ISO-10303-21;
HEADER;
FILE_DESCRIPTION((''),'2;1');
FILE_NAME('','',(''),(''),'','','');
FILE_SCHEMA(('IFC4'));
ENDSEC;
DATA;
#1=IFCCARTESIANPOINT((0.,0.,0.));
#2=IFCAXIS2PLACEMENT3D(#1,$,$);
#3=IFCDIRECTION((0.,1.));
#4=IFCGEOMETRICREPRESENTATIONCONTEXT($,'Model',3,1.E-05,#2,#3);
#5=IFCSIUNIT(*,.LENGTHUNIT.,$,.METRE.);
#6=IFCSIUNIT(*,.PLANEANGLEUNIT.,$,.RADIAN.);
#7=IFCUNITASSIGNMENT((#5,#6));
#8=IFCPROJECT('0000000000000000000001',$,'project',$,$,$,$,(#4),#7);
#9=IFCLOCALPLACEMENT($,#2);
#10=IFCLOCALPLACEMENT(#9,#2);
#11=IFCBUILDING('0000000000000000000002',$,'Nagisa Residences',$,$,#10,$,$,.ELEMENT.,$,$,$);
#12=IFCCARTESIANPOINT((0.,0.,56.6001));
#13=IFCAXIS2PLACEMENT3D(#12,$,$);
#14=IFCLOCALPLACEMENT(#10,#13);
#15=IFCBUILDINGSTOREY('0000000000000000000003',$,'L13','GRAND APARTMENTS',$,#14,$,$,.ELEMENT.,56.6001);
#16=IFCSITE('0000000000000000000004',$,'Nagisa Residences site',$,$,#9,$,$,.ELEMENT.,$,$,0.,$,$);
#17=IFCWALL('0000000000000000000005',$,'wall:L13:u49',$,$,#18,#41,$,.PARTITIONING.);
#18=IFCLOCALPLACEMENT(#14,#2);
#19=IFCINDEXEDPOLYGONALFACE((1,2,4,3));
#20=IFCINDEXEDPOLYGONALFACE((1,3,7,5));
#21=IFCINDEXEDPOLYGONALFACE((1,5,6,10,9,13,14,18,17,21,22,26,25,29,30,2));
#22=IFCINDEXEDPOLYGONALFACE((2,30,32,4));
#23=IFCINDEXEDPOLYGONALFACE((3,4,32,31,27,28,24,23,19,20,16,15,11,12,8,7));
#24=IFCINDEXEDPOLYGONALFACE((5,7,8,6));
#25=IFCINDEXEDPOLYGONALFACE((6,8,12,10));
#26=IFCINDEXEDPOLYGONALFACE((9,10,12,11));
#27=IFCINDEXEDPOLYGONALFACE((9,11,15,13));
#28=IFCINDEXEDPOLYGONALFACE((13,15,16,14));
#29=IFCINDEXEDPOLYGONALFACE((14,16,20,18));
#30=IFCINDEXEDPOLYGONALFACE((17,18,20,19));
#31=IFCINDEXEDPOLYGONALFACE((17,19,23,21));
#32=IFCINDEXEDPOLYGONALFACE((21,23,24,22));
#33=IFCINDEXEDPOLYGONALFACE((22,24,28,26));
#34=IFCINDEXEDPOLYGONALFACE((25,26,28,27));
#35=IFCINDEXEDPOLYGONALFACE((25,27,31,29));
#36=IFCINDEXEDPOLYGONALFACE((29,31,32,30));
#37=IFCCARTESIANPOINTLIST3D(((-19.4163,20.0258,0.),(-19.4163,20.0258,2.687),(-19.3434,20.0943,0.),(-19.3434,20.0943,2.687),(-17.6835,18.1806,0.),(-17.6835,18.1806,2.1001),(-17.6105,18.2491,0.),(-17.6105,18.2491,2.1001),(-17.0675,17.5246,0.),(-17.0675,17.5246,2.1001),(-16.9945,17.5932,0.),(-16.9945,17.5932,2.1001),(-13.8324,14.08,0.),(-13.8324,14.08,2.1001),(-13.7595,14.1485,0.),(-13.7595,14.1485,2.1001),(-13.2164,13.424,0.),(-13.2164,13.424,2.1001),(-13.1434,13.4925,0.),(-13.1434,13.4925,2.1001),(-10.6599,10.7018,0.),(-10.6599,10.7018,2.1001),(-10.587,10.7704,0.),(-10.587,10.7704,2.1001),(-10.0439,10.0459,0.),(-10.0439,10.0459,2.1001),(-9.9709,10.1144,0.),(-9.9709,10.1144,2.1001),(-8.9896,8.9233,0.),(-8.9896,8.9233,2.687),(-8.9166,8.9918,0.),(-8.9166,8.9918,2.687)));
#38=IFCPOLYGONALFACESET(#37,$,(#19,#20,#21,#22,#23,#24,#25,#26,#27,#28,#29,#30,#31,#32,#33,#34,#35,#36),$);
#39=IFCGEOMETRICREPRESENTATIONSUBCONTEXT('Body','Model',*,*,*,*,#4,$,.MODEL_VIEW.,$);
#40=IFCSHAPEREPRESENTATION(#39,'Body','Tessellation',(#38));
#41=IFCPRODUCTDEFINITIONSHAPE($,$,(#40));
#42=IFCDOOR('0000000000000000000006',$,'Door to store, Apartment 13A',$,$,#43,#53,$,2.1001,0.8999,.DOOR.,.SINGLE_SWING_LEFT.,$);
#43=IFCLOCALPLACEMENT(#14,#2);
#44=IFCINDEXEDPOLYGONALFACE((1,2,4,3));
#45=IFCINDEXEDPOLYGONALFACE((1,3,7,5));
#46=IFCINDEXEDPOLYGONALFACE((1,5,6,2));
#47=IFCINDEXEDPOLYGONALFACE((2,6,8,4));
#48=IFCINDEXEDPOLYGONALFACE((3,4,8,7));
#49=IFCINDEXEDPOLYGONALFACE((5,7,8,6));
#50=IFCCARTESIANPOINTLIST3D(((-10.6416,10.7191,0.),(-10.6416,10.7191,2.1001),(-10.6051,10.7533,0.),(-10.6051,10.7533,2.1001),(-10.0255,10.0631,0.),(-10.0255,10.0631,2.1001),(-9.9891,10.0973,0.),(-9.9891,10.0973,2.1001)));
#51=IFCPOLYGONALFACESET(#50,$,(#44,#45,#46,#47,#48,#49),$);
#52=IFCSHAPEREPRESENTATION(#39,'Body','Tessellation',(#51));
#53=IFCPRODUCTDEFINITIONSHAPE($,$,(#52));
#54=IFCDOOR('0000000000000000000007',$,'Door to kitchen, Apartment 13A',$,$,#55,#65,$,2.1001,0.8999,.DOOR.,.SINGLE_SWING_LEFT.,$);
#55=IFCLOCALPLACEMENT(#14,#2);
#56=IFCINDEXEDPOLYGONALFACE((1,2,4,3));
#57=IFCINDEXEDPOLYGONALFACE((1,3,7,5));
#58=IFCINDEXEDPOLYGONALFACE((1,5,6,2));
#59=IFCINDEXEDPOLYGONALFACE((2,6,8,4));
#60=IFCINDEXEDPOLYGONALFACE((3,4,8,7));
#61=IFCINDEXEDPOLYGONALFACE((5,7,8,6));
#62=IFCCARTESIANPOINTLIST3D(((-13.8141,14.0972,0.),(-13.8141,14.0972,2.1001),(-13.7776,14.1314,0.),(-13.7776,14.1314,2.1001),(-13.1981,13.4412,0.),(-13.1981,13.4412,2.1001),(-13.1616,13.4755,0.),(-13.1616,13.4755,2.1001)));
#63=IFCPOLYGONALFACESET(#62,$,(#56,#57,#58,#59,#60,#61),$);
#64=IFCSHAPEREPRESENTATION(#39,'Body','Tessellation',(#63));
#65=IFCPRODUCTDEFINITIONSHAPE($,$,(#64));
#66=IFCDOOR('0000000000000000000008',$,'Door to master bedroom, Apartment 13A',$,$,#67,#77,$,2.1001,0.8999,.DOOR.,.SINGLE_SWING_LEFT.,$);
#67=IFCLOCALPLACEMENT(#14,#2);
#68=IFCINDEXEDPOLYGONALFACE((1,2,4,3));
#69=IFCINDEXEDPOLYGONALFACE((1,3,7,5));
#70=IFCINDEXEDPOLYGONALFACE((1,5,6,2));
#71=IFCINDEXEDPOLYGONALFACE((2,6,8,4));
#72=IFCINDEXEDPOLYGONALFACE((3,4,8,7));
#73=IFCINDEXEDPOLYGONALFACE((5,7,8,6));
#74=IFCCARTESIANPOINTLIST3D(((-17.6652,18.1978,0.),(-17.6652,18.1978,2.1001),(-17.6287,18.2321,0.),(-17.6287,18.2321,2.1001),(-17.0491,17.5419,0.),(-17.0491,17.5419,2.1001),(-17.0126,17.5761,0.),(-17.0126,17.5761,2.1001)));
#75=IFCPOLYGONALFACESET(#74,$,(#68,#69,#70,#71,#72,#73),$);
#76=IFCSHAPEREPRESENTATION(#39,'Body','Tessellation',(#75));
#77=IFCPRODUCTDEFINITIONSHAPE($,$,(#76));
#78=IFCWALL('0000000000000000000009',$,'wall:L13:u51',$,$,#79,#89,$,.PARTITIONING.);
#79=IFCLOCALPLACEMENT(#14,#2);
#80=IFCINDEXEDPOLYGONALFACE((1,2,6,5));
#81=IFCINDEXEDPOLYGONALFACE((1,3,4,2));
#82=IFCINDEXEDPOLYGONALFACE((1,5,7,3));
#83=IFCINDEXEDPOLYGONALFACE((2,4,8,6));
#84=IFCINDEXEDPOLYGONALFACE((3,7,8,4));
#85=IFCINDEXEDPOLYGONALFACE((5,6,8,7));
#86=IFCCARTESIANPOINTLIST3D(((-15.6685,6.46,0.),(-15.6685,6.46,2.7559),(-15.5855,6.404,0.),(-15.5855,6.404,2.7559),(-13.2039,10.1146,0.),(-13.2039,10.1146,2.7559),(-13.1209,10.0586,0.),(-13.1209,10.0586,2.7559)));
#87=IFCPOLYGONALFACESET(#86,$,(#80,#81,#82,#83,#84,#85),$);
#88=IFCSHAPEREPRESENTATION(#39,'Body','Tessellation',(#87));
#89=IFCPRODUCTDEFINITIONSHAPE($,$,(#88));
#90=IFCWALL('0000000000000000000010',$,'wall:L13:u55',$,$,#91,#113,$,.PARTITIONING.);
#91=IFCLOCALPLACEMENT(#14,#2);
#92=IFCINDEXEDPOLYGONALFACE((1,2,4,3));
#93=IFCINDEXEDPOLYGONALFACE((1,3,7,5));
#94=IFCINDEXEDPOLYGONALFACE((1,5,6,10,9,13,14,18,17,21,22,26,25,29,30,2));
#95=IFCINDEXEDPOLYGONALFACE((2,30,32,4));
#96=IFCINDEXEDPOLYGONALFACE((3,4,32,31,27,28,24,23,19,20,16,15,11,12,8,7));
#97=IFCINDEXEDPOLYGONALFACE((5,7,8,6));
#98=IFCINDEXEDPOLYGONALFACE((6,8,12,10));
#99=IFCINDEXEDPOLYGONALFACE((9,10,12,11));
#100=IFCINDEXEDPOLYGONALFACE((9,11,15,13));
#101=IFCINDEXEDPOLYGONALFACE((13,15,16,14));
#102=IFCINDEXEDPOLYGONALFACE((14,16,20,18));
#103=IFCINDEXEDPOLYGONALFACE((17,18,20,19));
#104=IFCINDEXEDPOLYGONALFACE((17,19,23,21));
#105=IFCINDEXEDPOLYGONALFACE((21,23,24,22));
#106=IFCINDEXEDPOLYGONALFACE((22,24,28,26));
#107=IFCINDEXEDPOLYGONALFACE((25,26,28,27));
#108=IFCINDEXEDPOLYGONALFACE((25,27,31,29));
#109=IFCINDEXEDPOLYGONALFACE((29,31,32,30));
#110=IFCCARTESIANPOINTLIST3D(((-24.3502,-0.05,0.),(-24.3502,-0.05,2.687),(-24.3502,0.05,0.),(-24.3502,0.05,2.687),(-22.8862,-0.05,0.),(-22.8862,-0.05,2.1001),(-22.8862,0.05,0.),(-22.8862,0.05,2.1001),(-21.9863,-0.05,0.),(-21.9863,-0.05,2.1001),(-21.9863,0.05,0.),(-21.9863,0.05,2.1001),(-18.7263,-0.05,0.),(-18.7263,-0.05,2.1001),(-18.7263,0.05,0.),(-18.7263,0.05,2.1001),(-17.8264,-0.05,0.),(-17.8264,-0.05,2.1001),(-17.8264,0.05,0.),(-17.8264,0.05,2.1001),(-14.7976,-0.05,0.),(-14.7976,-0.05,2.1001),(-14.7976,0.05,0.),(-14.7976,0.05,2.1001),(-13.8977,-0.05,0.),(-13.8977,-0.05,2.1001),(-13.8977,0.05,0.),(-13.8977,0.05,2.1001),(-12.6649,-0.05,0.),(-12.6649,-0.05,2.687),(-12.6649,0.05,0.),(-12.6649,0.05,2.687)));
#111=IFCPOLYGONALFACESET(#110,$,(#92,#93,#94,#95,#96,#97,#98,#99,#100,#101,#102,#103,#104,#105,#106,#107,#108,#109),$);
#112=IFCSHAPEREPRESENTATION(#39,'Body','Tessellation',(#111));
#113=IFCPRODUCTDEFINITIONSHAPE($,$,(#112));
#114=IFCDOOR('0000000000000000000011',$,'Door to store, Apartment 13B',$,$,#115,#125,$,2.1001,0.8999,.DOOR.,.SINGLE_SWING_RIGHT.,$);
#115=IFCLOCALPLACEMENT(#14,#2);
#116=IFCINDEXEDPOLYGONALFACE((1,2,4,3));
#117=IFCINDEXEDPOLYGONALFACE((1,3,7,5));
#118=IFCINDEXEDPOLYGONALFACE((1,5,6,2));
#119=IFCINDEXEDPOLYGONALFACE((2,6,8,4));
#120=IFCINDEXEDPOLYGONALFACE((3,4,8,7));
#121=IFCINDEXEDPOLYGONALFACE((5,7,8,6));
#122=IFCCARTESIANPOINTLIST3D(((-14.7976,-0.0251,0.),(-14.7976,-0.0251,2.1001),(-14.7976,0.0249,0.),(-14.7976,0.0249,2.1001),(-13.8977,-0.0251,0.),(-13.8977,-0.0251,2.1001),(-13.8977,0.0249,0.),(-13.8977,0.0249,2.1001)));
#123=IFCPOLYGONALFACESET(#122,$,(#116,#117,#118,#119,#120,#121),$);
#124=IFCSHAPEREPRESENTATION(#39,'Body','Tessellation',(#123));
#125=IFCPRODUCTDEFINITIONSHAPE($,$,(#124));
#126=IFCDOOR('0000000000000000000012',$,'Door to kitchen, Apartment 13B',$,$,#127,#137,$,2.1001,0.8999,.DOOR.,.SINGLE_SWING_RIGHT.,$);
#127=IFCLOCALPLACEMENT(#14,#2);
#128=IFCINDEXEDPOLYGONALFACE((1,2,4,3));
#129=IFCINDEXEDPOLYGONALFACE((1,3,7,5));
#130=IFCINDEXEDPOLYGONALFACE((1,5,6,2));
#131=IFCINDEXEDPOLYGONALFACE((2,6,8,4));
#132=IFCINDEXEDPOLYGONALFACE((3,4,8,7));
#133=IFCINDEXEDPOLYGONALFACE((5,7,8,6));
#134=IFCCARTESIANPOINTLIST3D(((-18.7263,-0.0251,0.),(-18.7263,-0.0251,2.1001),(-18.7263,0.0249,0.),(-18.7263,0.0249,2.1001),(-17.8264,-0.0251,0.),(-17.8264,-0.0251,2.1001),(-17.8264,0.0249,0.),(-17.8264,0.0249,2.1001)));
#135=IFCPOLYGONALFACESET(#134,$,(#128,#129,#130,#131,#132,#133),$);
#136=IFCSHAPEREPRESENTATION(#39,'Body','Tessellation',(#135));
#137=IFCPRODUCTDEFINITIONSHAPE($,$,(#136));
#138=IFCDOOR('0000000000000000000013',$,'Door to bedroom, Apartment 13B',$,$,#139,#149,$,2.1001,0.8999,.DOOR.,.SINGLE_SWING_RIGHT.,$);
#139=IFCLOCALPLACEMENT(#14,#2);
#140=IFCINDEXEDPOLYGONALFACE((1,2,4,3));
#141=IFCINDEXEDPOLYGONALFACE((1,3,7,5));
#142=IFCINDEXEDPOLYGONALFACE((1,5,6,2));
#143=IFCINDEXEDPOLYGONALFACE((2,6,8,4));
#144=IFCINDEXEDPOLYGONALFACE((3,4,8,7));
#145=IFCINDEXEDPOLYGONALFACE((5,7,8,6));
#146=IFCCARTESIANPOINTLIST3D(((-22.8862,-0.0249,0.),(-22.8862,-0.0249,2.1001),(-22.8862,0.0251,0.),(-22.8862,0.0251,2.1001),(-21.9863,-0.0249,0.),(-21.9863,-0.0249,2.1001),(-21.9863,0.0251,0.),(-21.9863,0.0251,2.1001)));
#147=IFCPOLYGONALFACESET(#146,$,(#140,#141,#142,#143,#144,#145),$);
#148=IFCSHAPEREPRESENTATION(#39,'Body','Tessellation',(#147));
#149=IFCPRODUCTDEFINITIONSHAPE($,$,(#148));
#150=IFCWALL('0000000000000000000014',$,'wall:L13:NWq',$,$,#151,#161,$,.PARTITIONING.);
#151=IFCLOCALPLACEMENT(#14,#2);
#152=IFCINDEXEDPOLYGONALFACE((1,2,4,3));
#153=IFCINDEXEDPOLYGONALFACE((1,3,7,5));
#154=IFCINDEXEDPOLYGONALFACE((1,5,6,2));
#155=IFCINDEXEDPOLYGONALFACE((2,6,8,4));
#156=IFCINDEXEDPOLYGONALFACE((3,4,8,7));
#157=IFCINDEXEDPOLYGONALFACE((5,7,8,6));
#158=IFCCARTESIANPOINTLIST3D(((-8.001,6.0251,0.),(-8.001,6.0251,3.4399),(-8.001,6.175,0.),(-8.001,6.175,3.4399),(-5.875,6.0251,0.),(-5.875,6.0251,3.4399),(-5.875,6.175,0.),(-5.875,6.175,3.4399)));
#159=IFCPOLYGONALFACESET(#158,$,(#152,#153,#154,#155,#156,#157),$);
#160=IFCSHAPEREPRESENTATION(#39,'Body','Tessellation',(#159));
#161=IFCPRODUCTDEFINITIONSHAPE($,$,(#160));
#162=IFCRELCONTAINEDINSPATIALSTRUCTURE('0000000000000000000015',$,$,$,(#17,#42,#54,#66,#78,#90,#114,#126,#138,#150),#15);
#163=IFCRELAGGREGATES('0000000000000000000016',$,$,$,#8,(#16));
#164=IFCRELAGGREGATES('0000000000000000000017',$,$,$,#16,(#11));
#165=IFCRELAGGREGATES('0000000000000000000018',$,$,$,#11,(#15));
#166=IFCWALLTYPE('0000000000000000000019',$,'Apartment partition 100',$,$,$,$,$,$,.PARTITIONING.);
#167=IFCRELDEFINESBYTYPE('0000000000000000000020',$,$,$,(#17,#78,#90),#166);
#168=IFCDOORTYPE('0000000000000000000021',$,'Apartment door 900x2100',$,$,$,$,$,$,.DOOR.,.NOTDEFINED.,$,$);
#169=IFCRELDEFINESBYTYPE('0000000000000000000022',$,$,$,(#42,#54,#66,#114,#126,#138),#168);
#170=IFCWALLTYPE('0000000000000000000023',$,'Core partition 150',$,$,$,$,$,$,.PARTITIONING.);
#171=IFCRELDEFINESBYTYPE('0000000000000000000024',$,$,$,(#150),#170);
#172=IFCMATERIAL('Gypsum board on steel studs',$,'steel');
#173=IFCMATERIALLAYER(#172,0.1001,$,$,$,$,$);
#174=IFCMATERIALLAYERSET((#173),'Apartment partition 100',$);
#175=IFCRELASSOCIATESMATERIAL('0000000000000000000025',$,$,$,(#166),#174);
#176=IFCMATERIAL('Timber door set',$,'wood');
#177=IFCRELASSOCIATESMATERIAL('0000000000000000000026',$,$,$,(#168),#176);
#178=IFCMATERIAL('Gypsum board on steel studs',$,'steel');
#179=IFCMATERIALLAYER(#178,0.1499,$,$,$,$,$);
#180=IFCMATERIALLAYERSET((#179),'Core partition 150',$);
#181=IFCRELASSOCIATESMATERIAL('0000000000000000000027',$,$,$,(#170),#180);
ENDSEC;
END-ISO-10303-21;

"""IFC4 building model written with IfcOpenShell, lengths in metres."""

from ifc_helpers import new_model, si_unit, direction, frame, frame_2d, origin, place, context, subcontext, project, spatial, rectangle, extrude, material, layer, layer_set, type_object, element, fill, save


model = new_model("IFC4")

# Units and contexts
model_context = context("Model", 3, precision=1e-05, world=origin(), true_north=direction((0.0, 1.0)))
body_context = subcontext(model_context, "Body", "Model", "MODEL_VIEW")
ifc_project = project(units=[si_unit("LENGTHUNIT", "METRE"), si_unit("PLANEANGLEUNIT", "RADIAN")], contexts=[model_context])

# Site, building, storey
site_placement = place(None, origin())
site = spatial("IfcSite", under=ifc_project, at=site_placement, Name="Nagisa Residences site", CompositionType="ELEMENT", RefElevation=0.0)
building_placement = place(site_placement, origin())
building = spatial("IfcBuilding", under=site, at=building_placement, Name="Nagisa Residences", CompositionType="ELEMENT")
storey_placement = place(building_placement, frame((0.0, 0.0, 56.6001)))
storey = spatial("IfcBuildingStorey", under=building, at=storey_placement, Name="L13", Description="GRAND APARTMENTS", CompositionType="ELEMENT", Elevation=56.6001)

# Wall, openings, doors
ifc_material_1 = material(Name="Gypsum board on steel studs", Category="steel")
ifc_layer_1 = layer(ifc_material_1, 0.1001)
ifc_layer_set_1 = layer_set([ifc_layer_1], Name="Apartment partition 100")
wall_type_1 = type_object("IfcWallType", Name="Apartment partition 100", PredefinedType="PARTITIONING", material=ifc_layer_set_1)
ifc_material_2 = material(Name="Timber door set", Category="wood")
door_type_1 = type_object("IfcDoorType", Name="Apartment door 900x2100", OperationType="NOTDEFINED", PredefinedType="DOOR", material=ifc_material_2)
wall_1_placement = place(storey_placement, frame((-8.9531, 8.9575, 0.0), z_axis=(0.0, 0.0, 1.0), x_axis=(-0.684574, 0.728943, 0.0)))
wall_1 = element("IfcWall", 1, at=wall_1_placement, inside=storey, type_object=wall_type_1, Name="wall:L13:u49", PredefinedType="PARTITIONING", context=body_context, shape_type="SweptSolid", body=[
    extrude(rectangle(XDim=15.231, YDim=0.1001, at=frame_2d((7.6155, 0.0))), origin(), (0.0, 0.0, 1.0), 2.687),
])
opening_1_placement = place(wall_1_placement, frame((1.54, 0.0, 0.0)))
opening_1 = element("IfcOpeningElement", 2, at=opening_1_placement, cuts=wall_1, PredefinedType="OPENING", context=body_context, shape_type="SweptSolid", body=[
    extrude(rectangle(XDim=0.8999, YDim=2.1001, at=frame_2d((0.45, 1.05))), frame((0.0, 0.0601, 0.0), z_axis=(0.0, -1.0, 0.0), x_axis=(1.0, 0.0, 0.0)), (0.0, 0.0, 1.0), 0.1201),
])
opening_2_placement = place(wall_1_placement, frame((6.1743, 0.0, 0.0)))
opening_2 = element("IfcOpeningElement", 3, at=opening_2_placement, cuts=wall_1, PredefinedType="OPENING", context=body_context, shape_type="SweptSolid", body=[
    extrude(rectangle(XDim=0.8999, YDim=2.1001, at=frame_2d((0.45, 1.05))), frame((0.0, 0.0601, 0.0), z_axis=(0.0, -1.0, 0.0), x_axis=(1.0, 0.0, 0.0)), (0.0, 0.0, 1.0), 0.1201),
])
opening_3_placement = place(wall_1_placement, frame((11.7998, 0.0, 0.0)))
opening_3 = element("IfcOpeningElement", 4, at=opening_3_placement, cuts=wall_1, PredefinedType="OPENING", context=body_context, shape_type="SweptSolid", body=[
    extrude(rectangle(XDim=0.8999, YDim=2.1001, at=frame_2d((0.45, 1.05))), frame((0.0, 0.0601, 0.0), z_axis=(0.0, -1.0, 0.0), x_axis=(1.0, 0.0, 0.0)), (0.0, 0.0, 1.0), 0.1201),
])
door_1_placement = place(opening_1_placement, origin())
door_1 = element("IfcDoor", 5, at=door_1_placement, inside=storey, type_object=door_type_1, Name="Door to store, Apartment 13A", OperationType="SINGLE_SWING_LEFT", OverallHeight=2.1001, OverallWidth=0.8999, PredefinedType="DOOR", context=body_context, shape_type="SweptSolid", body=[
    extrude(rectangle(XDim=0.8999, YDim=2.1001, at=frame_2d((0.45, 1.05))), frame((0.0, 0.0249, 0.0), z_axis=(0.0, -1.0, 0.0), x_axis=(1.0, 0.0, 0.0)), (0.0, 0.0, 1.0), 0.05),
])
fill(opening_1, door_1)
door_2_placement = place(opening_2_placement, origin())
door_2 = element("IfcDoor", 6, at=door_2_placement, inside=storey, type_object=door_type_1, Name="Door to kitchen, Apartment 13A", OperationType="SINGLE_SWING_LEFT", OverallHeight=2.1001, OverallWidth=0.8999, PredefinedType="DOOR", context=body_context, shape_type="SweptSolid", body=[
    extrude(rectangle(XDim=0.8999, YDim=2.1001, at=frame_2d((0.45, 1.05))), frame((0.0, 0.0249, 0.0), z_axis=(0.0, -1.0, 0.0), x_axis=(1.0, 0.0, 0.0)), (0.0, 0.0, 1.0), 0.05),
])
fill(opening_2, door_2)
door_3_placement = place(opening_3_placement, origin())
door_3 = element("IfcDoor", 7, at=door_3_placement, inside=storey, type_object=door_type_1, Name="Door to master bedroom, Apartment 13A", OperationType="SINGLE_SWING_LEFT", OverallHeight=2.1001, OverallWidth=0.8999, PredefinedType="DOOR", context=body_context, shape_type="SweptSolid", body=[
    extrude(rectangle(XDim=0.8999, YDim=2.1001, at=frame_2d((0.45, 1.05))), frame((0.0, 0.0249, 0.0), z_axis=(0.0, -1.0, 0.0), x_axis=(1.0, 0.0, 0.0)), (0.0, 0.0, 1.0), 0.05),
])
fill(opening_3, door_3)

# Wall
wall_2_placement = place(storey_placement, frame((-13.1624, 10.0867, 0.0), z_axis=(0.0, 0.0, 1.0), x_axis=(-0.559128, -0.829082, 0.0)))
element("IfcWall", 8, at=wall_2_placement, inside=storey, type_object=wall_type_1, Name="wall:L13:u51", PredefinedType="PARTITIONING", context=body_context, shape_type="SweptSolid", body=[
    extrude(rectangle(XDim=4.408, YDim=0.1001, at=frame_2d((2.2041, 0.0))), origin(), (0.0, 0.0, 1.0), 2.7559),
])

# Wall, openings, doors
wall_3_placement = place(storey_placement, frame((-12.6648, 0.0, 0.0), z_axis=(0.0, 0.0, 1.0), x_axis=(-1.0, 0.0, 0.0)))
wall_3 = element("IfcWall", 9, at=wall_3_placement, inside=storey, type_object=wall_type_1, Name="wall:L13:u55", PredefinedType="PARTITIONING", context=body_context, shape_type="SweptSolid", body=[
    extrude(rectangle(XDim=11.6853, YDim=0.1001, at=frame_2d((5.8428, 0.0))), origin(), (0.0, 0.0, 1.0), 2.687),
])
opening_4_placement = place(wall_3_placement, frame((1.2329, 0.0, 0.0)))
opening_4 = element("IfcOpeningElement", 10, at=opening_4_placement, cuts=wall_3, PredefinedType="OPENING", context=body_context, shape_type="SweptSolid", body=[
    extrude(rectangle(XDim=0.8999, YDim=2.1001, at=frame_2d((0.45, 1.05))), frame((0.0, 0.0601, 0.0), z_axis=(0.0, -1.0, 0.0), x_axis=(1.0, 0.0, 0.0)), (0.0, 0.0, 1.0), 0.1201),
])
opening_5_placement = place(wall_3_placement, frame((5.1616, 0.0, 0.0)))
opening_5 = element("IfcOpeningElement", 11, at=opening_5_placement, cuts=wall_3, PredefinedType="OPENING", context=body_context, shape_type="SweptSolid", body=[
    extrude(rectangle(XDim=0.8999, YDim=2.1001, at=frame_2d((0.45, 1.05))), frame((0.0, 0.0601, 0.0), z_axis=(0.0, -1.0, 0.0), x_axis=(1.0, 0.0, 0.0)), (0.0, 0.0, 1.0), 0.1201),
])
opening_6_placement = place(wall_3_placement, frame((9.3215, 0.0, 0.0)))
opening_6 = element("IfcOpeningElement", 12, at=opening_6_placement, cuts=wall_3, PredefinedType="OPENING", context=body_context, shape_type="SweptSolid", body=[
    extrude(rectangle(XDim=0.8999, YDim=2.1001, at=frame_2d((0.45, 1.05))), frame((0.0, 0.0601, 0.0), z_axis=(0.0, -1.0, 0.0), x_axis=(1.0, 0.0, 0.0)), (0.0, 0.0, 1.0), 0.1201),
])
door_4_placement = place(opening_4_placement, frame((0.8999, 0.0, 0.0), x_axis=(-1.0, 0.0, 0.0)))
door_4 = element("IfcDoor", 13, at=door_4_placement, inside=storey, type_object=door_type_1, Name="Door to store, Apartment 13B", OperationType="SINGLE_SWING_RIGHT", OverallHeight=2.1001, OverallWidth=0.8999, PredefinedType="DOOR", context=body_context, shape_type="SweptSolid", body=[
    extrude(rectangle(XDim=0.8999, YDim=2.1001, at=frame_2d((0.45, 1.05))), frame((0.0, 0.0249, 0.0), z_axis=(0.0, -1.0, 0.0), x_axis=(1.0, 0.0, 0.0)), (0.0, 0.0, 1.0), 0.05),
])
fill(opening_4, door_4)
door_5_placement = place(opening_5_placement, frame((0.8999, 0.0, 0.0), x_axis=(-1.0, 0.0, 0.0)))
door_5 = element("IfcDoor", 14, at=door_5_placement, inside=storey, type_object=door_type_1, Name="Door to kitchen, Apartment 13B", OperationType="SINGLE_SWING_RIGHT", OverallHeight=2.1001, OverallWidth=0.8999, PredefinedType="DOOR", context=body_context, shape_type="SweptSolid", body=[
    extrude(rectangle(XDim=0.8999, YDim=2.1001, at=frame_2d((0.45, 1.05))), frame((0.0, 0.0249, 0.0), z_axis=(0.0, -1.0, 0.0), x_axis=(1.0, 0.0, 0.0)), (0.0, 0.0, 1.0), 0.05),
])
fill(opening_5, door_5)
door_6_placement = place(opening_6_placement, origin())
door_6 = element("IfcDoor", 15, at=door_6_placement, inside=storey, type_object=door_type_1, Name="Door to bedroom, Apartment 13B", OperationType="SINGLE_SWING_RIGHT", OverallHeight=2.1001, OverallWidth=0.8999, PredefinedType="DOOR", context=body_context, shape_type="SweptSolid", body=[
    extrude(rectangle(XDim=0.8999, YDim=2.1001, at=frame_2d((0.45, 1.05))), frame((0.0, 0.0249, 0.0), z_axis=(0.0, -1.0, 0.0), x_axis=(1.0, 0.0, 0.0)), (0.0, 0.0, 1.0), 0.05),
])
fill(opening_6, door_6)

# Wall
ifc_material_3 = material(Name="Gypsum board on steel studs", Category="steel")
ifc_layer_2 = layer(ifc_material_3, 0.1499)
ifc_layer_set_2 = layer_set([ifc_layer_2], Name="Core partition 150")
wall_type_2 = type_object("IfcWallType", Name="Core partition 150", PredefinedType="PARTITIONING", material=ifc_layer_set_2)
wall_4_placement = place(storey_placement, frame((-8.001, 6.1001, 0.0), z_axis=(0.0, 0.0, 1.0), x_axis=(1.0, 0.0, 0.0)))
element("IfcWall", 16, at=wall_4_placement, inside=storey, type_object=wall_type_2, Name="wall:L13:NWq", PredefinedType="PARTITIONING", context=body_context, shape_type="SweptSolid", body=[
    extrude(rectangle(XDim=2.126, YDim=0.1499, at=frame_2d((1.063, 0.0))), origin(), (0.0, 0.0, 1.0), 3.4399),
])

save(model, "model.ifc")
